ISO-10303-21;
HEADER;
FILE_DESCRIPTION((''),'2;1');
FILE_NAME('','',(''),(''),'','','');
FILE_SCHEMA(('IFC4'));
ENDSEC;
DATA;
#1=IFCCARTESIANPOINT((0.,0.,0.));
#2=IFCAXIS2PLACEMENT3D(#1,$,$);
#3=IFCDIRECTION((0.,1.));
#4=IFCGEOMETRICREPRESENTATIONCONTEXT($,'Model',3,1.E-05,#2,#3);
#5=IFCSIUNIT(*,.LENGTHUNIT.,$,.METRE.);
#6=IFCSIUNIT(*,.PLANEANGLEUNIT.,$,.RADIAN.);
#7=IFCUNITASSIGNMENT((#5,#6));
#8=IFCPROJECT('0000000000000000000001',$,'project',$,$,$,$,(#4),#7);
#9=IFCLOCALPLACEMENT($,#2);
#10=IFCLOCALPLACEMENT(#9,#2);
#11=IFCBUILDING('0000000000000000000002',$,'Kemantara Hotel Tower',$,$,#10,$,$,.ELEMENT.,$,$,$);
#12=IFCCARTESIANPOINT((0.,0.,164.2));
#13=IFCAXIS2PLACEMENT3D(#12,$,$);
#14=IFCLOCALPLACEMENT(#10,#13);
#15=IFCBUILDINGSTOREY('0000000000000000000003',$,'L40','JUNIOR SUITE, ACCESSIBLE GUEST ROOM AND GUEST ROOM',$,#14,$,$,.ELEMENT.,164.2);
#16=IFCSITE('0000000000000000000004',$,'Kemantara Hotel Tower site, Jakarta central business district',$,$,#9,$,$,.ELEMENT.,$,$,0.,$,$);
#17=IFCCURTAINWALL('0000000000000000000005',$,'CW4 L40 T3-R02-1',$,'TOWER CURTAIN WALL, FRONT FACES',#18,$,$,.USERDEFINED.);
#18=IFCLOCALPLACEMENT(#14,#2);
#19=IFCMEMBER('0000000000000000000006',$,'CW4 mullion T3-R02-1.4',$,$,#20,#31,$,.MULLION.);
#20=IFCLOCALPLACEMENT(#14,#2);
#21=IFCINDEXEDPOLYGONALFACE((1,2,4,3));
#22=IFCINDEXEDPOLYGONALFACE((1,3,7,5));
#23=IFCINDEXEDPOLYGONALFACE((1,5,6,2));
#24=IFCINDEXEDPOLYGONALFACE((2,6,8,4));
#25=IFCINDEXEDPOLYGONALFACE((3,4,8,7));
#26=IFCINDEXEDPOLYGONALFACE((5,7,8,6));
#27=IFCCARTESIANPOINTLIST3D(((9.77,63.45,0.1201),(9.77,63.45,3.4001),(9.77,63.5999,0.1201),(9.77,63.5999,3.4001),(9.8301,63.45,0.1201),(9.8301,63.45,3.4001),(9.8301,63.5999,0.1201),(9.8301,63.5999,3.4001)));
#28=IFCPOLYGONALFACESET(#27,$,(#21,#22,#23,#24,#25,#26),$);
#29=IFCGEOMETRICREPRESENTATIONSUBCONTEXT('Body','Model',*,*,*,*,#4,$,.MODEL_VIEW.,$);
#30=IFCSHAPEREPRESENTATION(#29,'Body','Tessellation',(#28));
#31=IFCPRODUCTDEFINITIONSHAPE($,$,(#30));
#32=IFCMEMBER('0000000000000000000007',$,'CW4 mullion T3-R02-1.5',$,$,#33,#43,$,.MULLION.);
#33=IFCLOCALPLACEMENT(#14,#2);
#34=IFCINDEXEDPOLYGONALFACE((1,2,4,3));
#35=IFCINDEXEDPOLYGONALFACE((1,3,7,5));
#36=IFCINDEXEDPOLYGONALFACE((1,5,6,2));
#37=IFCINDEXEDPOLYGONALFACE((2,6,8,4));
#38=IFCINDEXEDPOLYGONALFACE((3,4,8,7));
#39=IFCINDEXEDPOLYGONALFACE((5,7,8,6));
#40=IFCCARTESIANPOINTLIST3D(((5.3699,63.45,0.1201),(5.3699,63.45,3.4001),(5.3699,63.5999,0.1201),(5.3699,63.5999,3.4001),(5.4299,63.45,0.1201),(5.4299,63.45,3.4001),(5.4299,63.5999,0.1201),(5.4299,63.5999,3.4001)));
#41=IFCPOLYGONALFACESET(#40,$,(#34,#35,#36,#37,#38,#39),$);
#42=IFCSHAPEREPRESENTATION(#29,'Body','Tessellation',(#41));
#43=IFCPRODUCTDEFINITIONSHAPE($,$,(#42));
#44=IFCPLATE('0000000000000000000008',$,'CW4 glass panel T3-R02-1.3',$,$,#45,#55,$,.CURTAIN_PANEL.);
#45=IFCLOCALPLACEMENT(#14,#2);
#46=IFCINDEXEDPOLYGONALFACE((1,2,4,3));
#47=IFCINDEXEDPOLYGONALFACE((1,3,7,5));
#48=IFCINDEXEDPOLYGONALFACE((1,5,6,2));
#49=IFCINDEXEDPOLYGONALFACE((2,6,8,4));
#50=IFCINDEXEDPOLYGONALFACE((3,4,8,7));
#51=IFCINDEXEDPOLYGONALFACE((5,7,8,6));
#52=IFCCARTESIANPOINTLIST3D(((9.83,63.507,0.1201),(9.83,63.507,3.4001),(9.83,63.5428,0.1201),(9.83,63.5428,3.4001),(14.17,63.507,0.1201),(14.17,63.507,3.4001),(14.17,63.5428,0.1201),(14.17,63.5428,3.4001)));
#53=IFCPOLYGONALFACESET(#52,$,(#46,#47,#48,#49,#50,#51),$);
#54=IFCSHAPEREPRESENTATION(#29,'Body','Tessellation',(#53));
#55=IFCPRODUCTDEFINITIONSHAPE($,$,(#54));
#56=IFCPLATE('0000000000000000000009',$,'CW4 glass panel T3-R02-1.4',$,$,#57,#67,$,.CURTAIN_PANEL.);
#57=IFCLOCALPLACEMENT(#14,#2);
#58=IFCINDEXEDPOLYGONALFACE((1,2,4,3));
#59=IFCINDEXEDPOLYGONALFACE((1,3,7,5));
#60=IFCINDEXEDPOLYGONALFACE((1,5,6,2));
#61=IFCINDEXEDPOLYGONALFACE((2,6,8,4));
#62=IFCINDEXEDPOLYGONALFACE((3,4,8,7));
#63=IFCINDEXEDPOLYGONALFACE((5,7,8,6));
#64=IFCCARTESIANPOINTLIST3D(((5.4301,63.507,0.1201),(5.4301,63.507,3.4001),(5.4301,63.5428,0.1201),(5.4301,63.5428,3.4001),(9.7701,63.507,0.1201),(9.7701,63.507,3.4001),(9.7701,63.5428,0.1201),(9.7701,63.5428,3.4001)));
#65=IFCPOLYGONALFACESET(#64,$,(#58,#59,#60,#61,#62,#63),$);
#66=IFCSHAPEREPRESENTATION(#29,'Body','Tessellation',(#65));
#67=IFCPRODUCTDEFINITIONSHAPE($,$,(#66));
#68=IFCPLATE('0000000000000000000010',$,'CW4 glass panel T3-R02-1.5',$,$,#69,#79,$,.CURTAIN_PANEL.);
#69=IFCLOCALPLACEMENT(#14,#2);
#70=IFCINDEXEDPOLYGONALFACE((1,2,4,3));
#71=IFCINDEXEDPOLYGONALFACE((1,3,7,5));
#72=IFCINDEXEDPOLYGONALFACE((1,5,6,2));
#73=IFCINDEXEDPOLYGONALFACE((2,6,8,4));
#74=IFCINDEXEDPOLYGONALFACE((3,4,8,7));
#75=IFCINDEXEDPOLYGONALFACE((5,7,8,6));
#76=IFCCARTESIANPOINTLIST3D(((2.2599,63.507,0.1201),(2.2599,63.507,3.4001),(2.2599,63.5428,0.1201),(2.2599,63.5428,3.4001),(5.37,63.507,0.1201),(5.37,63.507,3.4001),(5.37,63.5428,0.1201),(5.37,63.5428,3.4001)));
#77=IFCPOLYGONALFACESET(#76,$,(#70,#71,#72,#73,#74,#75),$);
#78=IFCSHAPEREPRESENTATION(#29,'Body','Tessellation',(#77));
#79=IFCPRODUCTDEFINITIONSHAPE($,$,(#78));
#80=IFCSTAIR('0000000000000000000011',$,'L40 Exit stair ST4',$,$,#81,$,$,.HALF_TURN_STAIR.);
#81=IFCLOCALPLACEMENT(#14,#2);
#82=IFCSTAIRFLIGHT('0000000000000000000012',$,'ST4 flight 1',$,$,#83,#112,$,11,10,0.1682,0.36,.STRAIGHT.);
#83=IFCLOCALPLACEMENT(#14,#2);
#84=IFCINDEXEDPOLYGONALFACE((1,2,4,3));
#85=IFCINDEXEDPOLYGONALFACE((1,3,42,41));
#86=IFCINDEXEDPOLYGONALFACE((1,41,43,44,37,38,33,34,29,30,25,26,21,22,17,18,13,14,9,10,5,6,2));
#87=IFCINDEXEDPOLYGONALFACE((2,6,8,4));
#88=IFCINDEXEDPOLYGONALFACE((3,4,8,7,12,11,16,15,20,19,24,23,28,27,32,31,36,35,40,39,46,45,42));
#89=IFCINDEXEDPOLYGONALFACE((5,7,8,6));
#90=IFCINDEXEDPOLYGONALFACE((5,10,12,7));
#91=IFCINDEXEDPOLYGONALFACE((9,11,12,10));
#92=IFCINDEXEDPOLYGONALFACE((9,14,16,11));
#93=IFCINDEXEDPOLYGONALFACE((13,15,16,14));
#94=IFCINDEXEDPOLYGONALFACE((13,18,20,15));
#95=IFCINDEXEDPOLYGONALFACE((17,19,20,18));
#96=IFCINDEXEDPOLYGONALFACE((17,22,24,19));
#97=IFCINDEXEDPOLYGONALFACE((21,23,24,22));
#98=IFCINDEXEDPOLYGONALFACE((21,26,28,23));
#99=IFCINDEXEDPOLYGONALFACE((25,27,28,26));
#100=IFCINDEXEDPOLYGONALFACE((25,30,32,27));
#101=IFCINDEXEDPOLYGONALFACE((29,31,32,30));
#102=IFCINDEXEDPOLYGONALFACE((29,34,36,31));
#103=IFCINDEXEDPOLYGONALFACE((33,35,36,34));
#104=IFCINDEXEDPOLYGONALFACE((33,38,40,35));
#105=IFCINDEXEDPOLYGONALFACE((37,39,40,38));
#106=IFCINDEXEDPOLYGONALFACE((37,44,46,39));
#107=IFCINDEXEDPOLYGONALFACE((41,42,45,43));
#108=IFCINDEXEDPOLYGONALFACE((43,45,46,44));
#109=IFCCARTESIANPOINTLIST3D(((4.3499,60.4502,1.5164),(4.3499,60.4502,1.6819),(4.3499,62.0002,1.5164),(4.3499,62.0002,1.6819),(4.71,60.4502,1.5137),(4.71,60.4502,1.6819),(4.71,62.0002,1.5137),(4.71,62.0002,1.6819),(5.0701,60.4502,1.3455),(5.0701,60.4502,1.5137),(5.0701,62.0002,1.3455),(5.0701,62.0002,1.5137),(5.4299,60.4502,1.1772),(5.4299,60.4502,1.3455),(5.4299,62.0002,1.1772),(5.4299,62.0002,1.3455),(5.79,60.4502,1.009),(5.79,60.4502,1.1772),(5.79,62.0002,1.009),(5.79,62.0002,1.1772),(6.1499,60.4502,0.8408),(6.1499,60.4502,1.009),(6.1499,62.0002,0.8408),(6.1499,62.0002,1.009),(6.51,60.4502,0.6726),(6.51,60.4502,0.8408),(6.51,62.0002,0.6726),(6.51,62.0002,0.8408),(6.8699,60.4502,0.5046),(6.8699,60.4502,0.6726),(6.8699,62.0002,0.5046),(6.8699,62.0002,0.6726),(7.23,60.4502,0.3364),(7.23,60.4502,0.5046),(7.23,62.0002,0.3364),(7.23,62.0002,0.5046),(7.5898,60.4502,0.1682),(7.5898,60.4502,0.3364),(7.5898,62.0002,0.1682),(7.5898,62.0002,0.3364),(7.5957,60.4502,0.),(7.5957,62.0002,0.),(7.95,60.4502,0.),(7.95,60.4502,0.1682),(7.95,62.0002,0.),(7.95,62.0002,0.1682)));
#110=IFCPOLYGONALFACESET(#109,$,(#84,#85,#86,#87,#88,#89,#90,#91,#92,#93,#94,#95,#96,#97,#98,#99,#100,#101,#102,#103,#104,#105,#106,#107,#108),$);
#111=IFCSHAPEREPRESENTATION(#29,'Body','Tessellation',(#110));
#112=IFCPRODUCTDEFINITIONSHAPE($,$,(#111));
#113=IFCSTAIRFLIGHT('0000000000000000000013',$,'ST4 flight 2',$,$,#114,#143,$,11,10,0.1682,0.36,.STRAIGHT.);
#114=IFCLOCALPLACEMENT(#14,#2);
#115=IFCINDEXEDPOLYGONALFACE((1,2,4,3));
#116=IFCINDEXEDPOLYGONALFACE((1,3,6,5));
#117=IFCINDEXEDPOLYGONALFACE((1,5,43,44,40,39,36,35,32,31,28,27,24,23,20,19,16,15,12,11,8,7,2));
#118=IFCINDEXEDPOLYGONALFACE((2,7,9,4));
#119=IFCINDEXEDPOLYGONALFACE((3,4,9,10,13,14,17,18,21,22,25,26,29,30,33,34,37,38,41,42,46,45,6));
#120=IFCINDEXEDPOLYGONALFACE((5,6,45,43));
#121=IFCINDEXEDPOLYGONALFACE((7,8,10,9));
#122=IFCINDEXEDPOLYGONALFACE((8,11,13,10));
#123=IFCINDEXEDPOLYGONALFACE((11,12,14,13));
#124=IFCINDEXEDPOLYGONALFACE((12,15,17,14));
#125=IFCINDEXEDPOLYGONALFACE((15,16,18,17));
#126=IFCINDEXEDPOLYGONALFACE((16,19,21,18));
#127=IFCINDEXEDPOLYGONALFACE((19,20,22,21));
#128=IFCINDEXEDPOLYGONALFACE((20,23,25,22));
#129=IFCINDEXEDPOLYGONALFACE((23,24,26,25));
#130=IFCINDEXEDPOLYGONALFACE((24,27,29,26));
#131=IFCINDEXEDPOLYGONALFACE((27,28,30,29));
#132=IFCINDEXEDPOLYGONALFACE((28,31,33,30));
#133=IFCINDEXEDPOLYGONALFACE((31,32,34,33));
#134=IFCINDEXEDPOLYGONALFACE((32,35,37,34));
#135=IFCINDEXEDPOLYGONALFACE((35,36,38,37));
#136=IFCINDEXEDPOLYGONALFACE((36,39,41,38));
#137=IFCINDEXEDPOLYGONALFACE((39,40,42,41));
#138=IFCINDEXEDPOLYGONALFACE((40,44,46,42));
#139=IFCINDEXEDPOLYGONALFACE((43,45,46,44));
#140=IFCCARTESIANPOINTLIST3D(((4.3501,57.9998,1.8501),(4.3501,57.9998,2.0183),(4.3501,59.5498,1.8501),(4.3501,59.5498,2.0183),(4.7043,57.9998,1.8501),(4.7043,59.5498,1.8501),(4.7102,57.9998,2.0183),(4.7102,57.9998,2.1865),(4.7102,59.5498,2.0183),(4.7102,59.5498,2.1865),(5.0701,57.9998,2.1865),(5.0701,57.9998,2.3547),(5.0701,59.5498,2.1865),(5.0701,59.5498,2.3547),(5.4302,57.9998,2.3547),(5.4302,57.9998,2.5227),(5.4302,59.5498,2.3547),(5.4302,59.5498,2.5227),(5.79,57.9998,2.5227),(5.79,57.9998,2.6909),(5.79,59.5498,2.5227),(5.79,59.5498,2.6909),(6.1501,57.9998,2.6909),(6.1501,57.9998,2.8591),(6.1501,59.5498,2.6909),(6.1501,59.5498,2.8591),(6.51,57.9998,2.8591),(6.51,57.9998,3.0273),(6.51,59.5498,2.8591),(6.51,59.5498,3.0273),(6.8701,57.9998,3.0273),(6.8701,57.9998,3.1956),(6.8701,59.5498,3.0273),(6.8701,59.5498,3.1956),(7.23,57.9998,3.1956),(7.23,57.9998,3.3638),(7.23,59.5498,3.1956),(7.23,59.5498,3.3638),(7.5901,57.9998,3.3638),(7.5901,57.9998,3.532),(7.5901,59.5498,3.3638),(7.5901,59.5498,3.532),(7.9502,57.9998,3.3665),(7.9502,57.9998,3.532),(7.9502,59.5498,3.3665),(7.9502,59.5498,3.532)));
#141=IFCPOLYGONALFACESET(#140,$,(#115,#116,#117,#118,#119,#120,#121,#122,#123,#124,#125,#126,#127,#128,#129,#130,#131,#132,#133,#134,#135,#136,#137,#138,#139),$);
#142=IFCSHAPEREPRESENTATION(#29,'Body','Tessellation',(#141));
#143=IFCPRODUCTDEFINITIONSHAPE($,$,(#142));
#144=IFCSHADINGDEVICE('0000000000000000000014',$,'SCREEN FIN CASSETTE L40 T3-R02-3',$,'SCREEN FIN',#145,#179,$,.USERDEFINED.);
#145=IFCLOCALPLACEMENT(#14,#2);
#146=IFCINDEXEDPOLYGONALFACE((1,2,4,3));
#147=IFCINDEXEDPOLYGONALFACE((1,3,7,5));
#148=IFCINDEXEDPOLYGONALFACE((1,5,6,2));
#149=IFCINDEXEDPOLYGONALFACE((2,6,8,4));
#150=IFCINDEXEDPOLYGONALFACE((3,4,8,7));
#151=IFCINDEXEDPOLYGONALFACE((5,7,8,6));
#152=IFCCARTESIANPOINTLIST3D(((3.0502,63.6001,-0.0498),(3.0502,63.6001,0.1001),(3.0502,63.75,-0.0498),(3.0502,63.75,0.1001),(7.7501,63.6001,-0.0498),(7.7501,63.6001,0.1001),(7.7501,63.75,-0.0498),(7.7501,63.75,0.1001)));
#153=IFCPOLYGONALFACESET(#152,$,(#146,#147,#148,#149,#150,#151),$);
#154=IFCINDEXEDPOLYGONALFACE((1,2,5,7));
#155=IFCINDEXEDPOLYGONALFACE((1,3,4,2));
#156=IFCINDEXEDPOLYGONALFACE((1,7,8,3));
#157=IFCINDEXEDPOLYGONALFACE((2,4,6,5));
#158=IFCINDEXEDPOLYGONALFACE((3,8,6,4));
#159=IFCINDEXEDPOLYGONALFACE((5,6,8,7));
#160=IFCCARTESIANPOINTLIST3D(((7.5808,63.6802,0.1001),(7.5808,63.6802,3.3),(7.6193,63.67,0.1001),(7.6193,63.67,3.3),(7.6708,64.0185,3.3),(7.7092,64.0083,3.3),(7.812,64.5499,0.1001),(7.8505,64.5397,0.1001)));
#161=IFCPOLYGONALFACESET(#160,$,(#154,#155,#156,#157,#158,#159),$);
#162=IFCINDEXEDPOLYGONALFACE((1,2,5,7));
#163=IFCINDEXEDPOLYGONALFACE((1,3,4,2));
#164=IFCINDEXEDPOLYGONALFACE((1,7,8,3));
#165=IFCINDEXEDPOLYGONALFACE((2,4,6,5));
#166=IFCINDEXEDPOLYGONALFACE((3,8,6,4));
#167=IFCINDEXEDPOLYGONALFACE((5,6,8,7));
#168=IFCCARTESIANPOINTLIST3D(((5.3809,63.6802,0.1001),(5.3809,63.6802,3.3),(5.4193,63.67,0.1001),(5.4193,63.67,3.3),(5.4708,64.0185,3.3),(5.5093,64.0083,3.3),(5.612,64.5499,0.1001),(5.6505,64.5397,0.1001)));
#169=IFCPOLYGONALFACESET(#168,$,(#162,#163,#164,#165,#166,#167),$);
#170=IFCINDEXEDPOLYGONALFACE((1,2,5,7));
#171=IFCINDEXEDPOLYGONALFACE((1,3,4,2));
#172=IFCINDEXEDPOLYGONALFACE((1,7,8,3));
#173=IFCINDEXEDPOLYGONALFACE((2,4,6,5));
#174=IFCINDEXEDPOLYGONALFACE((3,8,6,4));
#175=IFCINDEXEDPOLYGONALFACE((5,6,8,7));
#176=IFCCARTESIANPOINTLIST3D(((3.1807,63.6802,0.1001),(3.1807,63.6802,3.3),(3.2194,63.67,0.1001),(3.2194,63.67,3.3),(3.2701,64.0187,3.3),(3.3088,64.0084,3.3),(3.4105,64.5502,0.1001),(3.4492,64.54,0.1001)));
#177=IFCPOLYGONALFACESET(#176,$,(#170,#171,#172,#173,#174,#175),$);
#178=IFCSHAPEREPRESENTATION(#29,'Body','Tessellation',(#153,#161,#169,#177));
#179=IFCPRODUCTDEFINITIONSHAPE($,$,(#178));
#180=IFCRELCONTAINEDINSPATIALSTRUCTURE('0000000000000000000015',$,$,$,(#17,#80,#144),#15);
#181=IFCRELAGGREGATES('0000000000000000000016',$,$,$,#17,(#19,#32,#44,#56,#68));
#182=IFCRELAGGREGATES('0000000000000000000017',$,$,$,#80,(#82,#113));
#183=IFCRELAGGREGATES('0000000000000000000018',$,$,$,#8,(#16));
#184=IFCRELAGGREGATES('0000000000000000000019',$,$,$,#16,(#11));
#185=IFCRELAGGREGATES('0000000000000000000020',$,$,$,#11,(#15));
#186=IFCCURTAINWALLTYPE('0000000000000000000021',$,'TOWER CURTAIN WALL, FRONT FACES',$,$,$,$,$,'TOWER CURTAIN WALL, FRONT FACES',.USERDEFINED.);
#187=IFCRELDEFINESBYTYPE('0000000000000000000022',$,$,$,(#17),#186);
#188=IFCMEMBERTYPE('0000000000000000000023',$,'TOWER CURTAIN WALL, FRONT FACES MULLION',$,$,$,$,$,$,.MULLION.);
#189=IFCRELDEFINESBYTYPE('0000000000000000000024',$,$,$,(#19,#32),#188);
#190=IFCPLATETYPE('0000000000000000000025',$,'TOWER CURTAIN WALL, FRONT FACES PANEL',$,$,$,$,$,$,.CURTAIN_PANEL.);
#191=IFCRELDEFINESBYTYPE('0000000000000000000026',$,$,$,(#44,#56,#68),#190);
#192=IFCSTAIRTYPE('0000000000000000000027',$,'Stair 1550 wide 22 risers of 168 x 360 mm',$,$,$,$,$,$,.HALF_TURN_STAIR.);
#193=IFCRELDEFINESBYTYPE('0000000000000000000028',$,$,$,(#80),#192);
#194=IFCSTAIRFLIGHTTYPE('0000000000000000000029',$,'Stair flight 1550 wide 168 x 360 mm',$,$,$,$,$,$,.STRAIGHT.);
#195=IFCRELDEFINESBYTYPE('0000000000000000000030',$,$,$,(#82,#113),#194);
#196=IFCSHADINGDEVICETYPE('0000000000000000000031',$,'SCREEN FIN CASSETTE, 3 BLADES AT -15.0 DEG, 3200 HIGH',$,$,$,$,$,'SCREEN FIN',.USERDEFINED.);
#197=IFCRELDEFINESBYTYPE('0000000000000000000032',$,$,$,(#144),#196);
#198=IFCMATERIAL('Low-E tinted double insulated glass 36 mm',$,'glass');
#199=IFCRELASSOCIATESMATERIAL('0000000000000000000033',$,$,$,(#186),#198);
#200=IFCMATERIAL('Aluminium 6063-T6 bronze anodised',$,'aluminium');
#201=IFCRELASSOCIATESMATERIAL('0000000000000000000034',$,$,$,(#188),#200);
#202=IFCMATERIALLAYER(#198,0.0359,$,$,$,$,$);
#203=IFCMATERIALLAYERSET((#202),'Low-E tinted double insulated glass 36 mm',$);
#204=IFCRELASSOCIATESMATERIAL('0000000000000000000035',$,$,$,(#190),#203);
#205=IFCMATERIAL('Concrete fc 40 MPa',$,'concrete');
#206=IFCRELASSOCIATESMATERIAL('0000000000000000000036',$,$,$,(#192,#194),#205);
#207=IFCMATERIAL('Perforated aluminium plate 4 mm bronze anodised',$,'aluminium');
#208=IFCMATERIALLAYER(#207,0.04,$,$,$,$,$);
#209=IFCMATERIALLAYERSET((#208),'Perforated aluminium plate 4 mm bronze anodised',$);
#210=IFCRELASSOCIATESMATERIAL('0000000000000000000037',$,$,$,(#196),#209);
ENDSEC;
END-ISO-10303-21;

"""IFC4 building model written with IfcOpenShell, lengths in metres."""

from ifc_helpers import new_model, si_unit, direction, frame, origin, origin_2d, place, context, subcontext, project, spatial, polyline, rectangle, outline, extrude, source, transform, mapped, material, layer, layer_set, material_profile, profile_set, type_object, element, aggregate, save


model = new_model("IFC4")

# Units and contexts
model_context = context("Model", 3, precision=1e-05, world=origin(), true_north=direction((0.0, 1.0)))
body_context = subcontext(model_context, "Body", "Model", "MODEL_VIEW")
ifc_project = project(units=[si_unit("LENGTHUNIT", "METRE"), si_unit("PLANEANGLEUNIT", "RADIAN")], contexts=[model_context])

# Site, building, storey
site_placement = place(None, origin())
site = spatial("IfcSite", under=ifc_project, at=site_placement, Name="Kemantara Hotel Tower site, Jakarta central business district", CompositionType="ELEMENT", RefElevation=0.0)
building_placement = place(site_placement, origin())
building = spatial("IfcBuilding", under=site, at=building_placement, Name="Kemantara Hotel Tower", CompositionType="ELEMENT")
storey_placement = place(building_placement, frame((0.0, 0.0, 164.2)))
storey = spatial("IfcBuildingStorey", under=building, at=storey_placement, Name="L40", Description="JUNIOR SUITE, ACCESSIBLE GUEST ROOM AND GUEST ROOM", CompositionType="ELEMENT", Elevation=164.2)

# Curtain wall, members, plates
ifc_material_1 = material(Name="Low-E tinted double insulated glass 36 mm", Category="glass")
curtain_wall_type = type_object("IfcCurtainWallType", Name="TOWER CURTAIN WALL, FRONT FACES", ElementType="TOWER CURTAIN WALL, FRONT FACES", PredefinedType="USERDEFINED", material=ifc_material_1)
curtain_wall_placement = place(storey_placement, origin())
curtain_wall = element("IfcCurtainWall", 1, at=curtain_wall_placement, inside=storey, type_object=curtain_wall_type, Name="CW4 L40 T3-R02-1", ObjectType="TOWER CURTAIN WALL, FRONT FACES", PredefinedType="USERDEFINED")
ifc_material_2 = material(Name="Aluminium 6063-T6 bronze anodised", Category="aluminium")
ifc_material_profile = material_profile(ifc_material_2, rectangle(XDim=0.1499, YDim=0.0601, at=origin_2d()), Name="TOWER CURTAIN WALL, FRONT FACES MULLION")
ifc_profile_set = profile_set([ifc_material_profile], Name="Aluminium 6063-T6 bronze anodised")
member_type = type_object("IfcMemberType", Name="TOWER CURTAIN WALL, FRONT FACES MULLION", PredefinedType="MULLION", material=ifc_profile_set)
shared_shape_1 = source(origin(), body_context, "Body", "SweptSolid", [
    extrude(rectangle(XDim=0.1499, YDim=0.0601, at=origin_2d()), origin(), (0.0, 0.0, 1.0), 3.28),
])
member_1_placement = place(storey_placement, frame((9.8, 63.5249, 0.1201), z_axis=(0.0, 0.0, 1.0), x_axis=(0.0, -1.0, 0.0)))
member_1 = element("IfcMember", 2, at=member_1_placement, type_object=member_type, Name="CW4 mullion T3-R02-1.4", PredefinedType="MULLION", context=body_context, shape_type="MappedRepresentation", body=[
    mapped(shared_shape_1, transform((0.0, 0.0, 0.0))),
])
member_2_placement = place(storey_placement, frame((5.3999, 63.5249, 0.1201), z_axis=(0.0, 0.0, 1.0), x_axis=(0.0, -1.0, 0.0)))
member_2 = element("IfcMember", 3, at=member_2_placement, type_object=member_type, Name="CW4 mullion T3-R02-1.5", PredefinedType="MULLION", context=body_context, shape_type="MappedRepresentation", body=[
    mapped(shared_shape_1, transform((0.0, 0.0, 0.0))),
])
ifc_layer_1 = layer(ifc_material_1, 0.0359)
ifc_layer_set_1 = layer_set([ifc_layer_1], Name="Low-E tinted double insulated glass 36 mm")
plate_type = type_object("IfcPlateType", Name="TOWER CURTAIN WALL, FRONT FACES PANEL", PredefinedType="CURTAIN_PANEL", material=ifc_layer_set_1)
shared_shape_2 = source(origin(), body_context, "Body", "SweptSolid", [
    extrude(rectangle(XDim=4.3401, YDim=0.0359, at=origin_2d()), origin(), (0.0, 0.0, 1.0), 3.28),
])
plate_1_placement = place(storey_placement, frame((12.0, 63.5249, 0.1201), z_axis=(0.0, 0.0, 1.0), x_axis=(-1.0, 0.0, 0.0)))
plate_1 = element("IfcPlate", 4, at=plate_1_placement, type_object=plate_type, Name="CW4 glass panel T3-R02-1.3", PredefinedType="CURTAIN_PANEL", context=body_context, shape_type="MappedRepresentation", body=[
    mapped(shared_shape_2, transform((0.0, 0.0, 0.0))),
])
plate_2_placement = place(storey_placement, frame((7.6001, 63.5249, 0.1201), z_axis=(0.0, 0.0, 1.0), x_axis=(-1.0, 0.0, 0.0)))
plate_2 = element("IfcPlate", 5, at=plate_2_placement, type_object=plate_type, Name="CW4 glass panel T3-R02-1.4", PredefinedType="CURTAIN_PANEL", context=body_context, shape_type="MappedRepresentation", body=[
    mapped(shared_shape_2, transform((0.0, 0.0, 0.0))),
])
shared_shape_3 = source(origin(), body_context, "Body", "SweptSolid", [
    extrude(rectangle(XDim=3.1101, YDim=0.0359, at=origin_2d()), origin(), (0.0, 0.0, 1.0), 3.28),
])
plate_3_placement = place(storey_placement, frame((3.8149, 63.5249, 0.1201), z_axis=(0.0, 0.0, 1.0), x_axis=(-1.0, 0.0, 0.0)))
plate_3 = element("IfcPlate", 6, at=plate_3_placement, type_object=plate_type, Name="CW4 glass panel T3-R02-1.5", PredefinedType="CURTAIN_PANEL", context=body_context, shape_type="MappedRepresentation", body=[
    mapped(shared_shape_3, transform((0.0, 0.0, 0.0))),
])
aggregate(curtain_wall, [member_1, member_2, plate_1, plate_2, plate_3])

# Stair, stair flights
ifc_material_3 = material(Name="Concrete fc 40 MPa", Category="concrete")
stair_type = type_object("IfcStairType", Name="Stair 1550 wide 22 risers of 168 x 360 mm", PredefinedType="HALF_TURN_STAIR", material=ifc_material_3)
stair_placement = place(storey_placement, origin())
stair = element("IfcStair", 7, at=stair_placement, inside=storey, type_object=stair_type, Name="L40 Exit stair ST4", PredefinedType="HALF_TURN_STAIR")
stair_flight_type = type_object("IfcStairFlightType", Name="Stair flight 1550 wide 168 x 360 mm", PredefinedType="STRAIGHT", material=ifc_material_3)
stair_flight_1_placement = place(storey_placement, frame((7.95, 61.2251, 0.0), z_axis=(0.0, 0.0, 1.0), x_axis=(-1.0, 0.0, 0.0)))
stair_flight_1 = element("IfcStairFlight", 8, at=stair_flight_1_placement, type_object=stair_flight_type, Name="ST4 flight 1", NumberOfRisers=11, NumberOfTreads=10, PredefinedType="STRAIGHT", RiserHeight=0.1682, TreadLength=0.36, context=body_context, shape_type="SweptSolid", body=[
    extrude(outline(polyline([(0.0, 0.0), (0.0, 0.1682), (0.3601, 0.1682), (0.3601, 0.3364), (0.72, 0.3364), (0.72, 0.5046), (1.0801, 0.5046), (1.0801, 0.6726), (1.4399, 0.6726), (1.4399, 0.8408), (1.8, 0.8408), (1.8, 1.009), (2.1599, 1.009), (2.1599, 1.1772), (2.52, 1.1772), (2.52, 1.3455), (2.8799, 1.3455), (2.8799, 1.5137), (3.24, 1.5137), (3.24, 1.6819), (3.6001, 1.6819), (3.6001, 1.8501), (3.6001, 1.5164), (0.3542, 0.0), (0.0, 0.0)])), frame((0.0, 0.7749, 0.0), z_axis=(0.0, -1.0, 0.0), x_axis=(1.0, 0.0, 0.0)), (0.0, 0.0, 1.0), 1.55),
])
stair_flight_2_placement = place(storey_placement, frame((4.3501, 58.7749, 1.8501), z_axis=(0.0, 0.0, 1.0), x_axis=(1.0, 0.0, 0.0)))
stair_flight_2 = element("IfcStairFlight", 9, at=stair_flight_2_placement, type_object=stair_flight_type, Name="ST4 flight 2", NumberOfRisers=11, NumberOfTreads=10, PredefinedType="STRAIGHT", RiserHeight=0.1682, TreadLength=0.36, context=body_context, shape_type="SweptSolid", body=[
    extrude(outline(polyline([(0.0, 0.0), (0.0, 0.1682), (0.3601, 0.1682), (0.3601, 0.3364), (0.72, 0.3364), (0.72, 0.5046), (1.0801, 0.5046), (1.0801, 0.6726), (1.4399, 0.6726), (1.4399, 0.8408), (1.8, 0.8408), (1.8, 1.009), (2.1599, 1.009), (2.1599, 1.1772), (2.52, 1.1772), (2.52, 1.3455), (2.8799, 1.3455), (2.8799, 1.5137), (3.24, 1.5137), (3.24, 1.6819), (3.6001, 1.6819), (3.6001, 1.8501), (3.6001, 1.5164), (0.3542, 0.0), (0.0, 0.0)])), frame((0.0, 0.7749, 0.0), z_axis=(0.0, -1.0, 0.0), x_axis=(1.0, 0.0, 0.0)), (0.0, 0.0, 1.0), 1.55),
])
aggregate(stair, [stair_flight_1, stair_flight_2])

# Shading device
ifc_material_4 = material(Name="Perforated aluminium plate 4 mm bronze anodised", Category="aluminium")
ifc_layer_2 = layer(ifc_material_4, 0.04)
ifc_layer_set_2 = layer_set([ifc_layer_2], Name="Perforated aluminium plate 4 mm bronze anodised")
shading_device_type = type_object("IfcShadingDeviceType", Name="SCREEN FIN CASSETTE, 3 BLADES AT -15.0 DEG, 3200 HIGH", ElementType="SCREEN FIN", PredefinedType="USERDEFINED", material=ifc_layer_set_2)
shared_shape_4 = source(origin(), body_context, "Body", "SweptSolid", [
    extrude(rectangle(XDim=4.7, YDim=0.1499, at=origin_2d()), frame((2.2, -0.075, -0.1499), z_axis=(0.0, 0.0, 1.0), x_axis=(1.0, 0.0, 0.0)), (0.0, 0.0, 1.0), 0.1499),
    extrude(outline(polyline([(0.0, 0.0), (0.8999, 0.0), (0.3501, 3.2), (0.0, 3.2), (0.0, 0.0)])), frame((0.0193, -0.0801, 0.0), z_axis=(-0.966438, 0.256901, 0.0), x_axis=(-0.256901, -0.966438, 0.0)), (0.0, 0.0, 1.0), 0.0398),
    extrude(outline(polyline([(0.0, 0.0), (0.8999, 0.0), (0.3501, 3.2), (0.0, 3.2), (0.0, 0.0)])), frame((2.2192, -0.0801, 0.0), z_axis=(-0.966438, 0.256901, 0.0), x_axis=(-0.256901, -0.966438, 0.0)), (0.0, 0.0, 1.0), 0.0398),
    extrude(outline(polyline([(0.0, 0.0), (0.8999, 0.0), (0.3501, 3.2), (0.0, 3.2), (0.0, 0.0)])), frame((4.4194, -0.0801, 0.0), z_axis=(-0.966838, 0.255391, 0.0), x_axis=(-0.255391, -0.966838, 0.0)), (0.0, 0.0, 1.0), 0.04),
])
shading_device_placement = place(storey_placement, frame((7.6001, 63.6001, 0.1001), z_axis=(0.0, 0.0, 1.0), x_axis=(-1.0, 0.0, 0.0)))
element("IfcShadingDevice", 10, at=shading_device_placement, inside=storey, type_object=shading_device_type, Name="SCREEN FIN CASSETTE L40 T3-R02-3", ObjectType="SCREEN FIN", PredefinedType="USERDEFINED", context=body_context, shape_type="MappedRepresentation", body=[
    mapped(shared_shape_4, transform((0.0, 0.0, 0.0))),
])

save(model, "model.ifc")
